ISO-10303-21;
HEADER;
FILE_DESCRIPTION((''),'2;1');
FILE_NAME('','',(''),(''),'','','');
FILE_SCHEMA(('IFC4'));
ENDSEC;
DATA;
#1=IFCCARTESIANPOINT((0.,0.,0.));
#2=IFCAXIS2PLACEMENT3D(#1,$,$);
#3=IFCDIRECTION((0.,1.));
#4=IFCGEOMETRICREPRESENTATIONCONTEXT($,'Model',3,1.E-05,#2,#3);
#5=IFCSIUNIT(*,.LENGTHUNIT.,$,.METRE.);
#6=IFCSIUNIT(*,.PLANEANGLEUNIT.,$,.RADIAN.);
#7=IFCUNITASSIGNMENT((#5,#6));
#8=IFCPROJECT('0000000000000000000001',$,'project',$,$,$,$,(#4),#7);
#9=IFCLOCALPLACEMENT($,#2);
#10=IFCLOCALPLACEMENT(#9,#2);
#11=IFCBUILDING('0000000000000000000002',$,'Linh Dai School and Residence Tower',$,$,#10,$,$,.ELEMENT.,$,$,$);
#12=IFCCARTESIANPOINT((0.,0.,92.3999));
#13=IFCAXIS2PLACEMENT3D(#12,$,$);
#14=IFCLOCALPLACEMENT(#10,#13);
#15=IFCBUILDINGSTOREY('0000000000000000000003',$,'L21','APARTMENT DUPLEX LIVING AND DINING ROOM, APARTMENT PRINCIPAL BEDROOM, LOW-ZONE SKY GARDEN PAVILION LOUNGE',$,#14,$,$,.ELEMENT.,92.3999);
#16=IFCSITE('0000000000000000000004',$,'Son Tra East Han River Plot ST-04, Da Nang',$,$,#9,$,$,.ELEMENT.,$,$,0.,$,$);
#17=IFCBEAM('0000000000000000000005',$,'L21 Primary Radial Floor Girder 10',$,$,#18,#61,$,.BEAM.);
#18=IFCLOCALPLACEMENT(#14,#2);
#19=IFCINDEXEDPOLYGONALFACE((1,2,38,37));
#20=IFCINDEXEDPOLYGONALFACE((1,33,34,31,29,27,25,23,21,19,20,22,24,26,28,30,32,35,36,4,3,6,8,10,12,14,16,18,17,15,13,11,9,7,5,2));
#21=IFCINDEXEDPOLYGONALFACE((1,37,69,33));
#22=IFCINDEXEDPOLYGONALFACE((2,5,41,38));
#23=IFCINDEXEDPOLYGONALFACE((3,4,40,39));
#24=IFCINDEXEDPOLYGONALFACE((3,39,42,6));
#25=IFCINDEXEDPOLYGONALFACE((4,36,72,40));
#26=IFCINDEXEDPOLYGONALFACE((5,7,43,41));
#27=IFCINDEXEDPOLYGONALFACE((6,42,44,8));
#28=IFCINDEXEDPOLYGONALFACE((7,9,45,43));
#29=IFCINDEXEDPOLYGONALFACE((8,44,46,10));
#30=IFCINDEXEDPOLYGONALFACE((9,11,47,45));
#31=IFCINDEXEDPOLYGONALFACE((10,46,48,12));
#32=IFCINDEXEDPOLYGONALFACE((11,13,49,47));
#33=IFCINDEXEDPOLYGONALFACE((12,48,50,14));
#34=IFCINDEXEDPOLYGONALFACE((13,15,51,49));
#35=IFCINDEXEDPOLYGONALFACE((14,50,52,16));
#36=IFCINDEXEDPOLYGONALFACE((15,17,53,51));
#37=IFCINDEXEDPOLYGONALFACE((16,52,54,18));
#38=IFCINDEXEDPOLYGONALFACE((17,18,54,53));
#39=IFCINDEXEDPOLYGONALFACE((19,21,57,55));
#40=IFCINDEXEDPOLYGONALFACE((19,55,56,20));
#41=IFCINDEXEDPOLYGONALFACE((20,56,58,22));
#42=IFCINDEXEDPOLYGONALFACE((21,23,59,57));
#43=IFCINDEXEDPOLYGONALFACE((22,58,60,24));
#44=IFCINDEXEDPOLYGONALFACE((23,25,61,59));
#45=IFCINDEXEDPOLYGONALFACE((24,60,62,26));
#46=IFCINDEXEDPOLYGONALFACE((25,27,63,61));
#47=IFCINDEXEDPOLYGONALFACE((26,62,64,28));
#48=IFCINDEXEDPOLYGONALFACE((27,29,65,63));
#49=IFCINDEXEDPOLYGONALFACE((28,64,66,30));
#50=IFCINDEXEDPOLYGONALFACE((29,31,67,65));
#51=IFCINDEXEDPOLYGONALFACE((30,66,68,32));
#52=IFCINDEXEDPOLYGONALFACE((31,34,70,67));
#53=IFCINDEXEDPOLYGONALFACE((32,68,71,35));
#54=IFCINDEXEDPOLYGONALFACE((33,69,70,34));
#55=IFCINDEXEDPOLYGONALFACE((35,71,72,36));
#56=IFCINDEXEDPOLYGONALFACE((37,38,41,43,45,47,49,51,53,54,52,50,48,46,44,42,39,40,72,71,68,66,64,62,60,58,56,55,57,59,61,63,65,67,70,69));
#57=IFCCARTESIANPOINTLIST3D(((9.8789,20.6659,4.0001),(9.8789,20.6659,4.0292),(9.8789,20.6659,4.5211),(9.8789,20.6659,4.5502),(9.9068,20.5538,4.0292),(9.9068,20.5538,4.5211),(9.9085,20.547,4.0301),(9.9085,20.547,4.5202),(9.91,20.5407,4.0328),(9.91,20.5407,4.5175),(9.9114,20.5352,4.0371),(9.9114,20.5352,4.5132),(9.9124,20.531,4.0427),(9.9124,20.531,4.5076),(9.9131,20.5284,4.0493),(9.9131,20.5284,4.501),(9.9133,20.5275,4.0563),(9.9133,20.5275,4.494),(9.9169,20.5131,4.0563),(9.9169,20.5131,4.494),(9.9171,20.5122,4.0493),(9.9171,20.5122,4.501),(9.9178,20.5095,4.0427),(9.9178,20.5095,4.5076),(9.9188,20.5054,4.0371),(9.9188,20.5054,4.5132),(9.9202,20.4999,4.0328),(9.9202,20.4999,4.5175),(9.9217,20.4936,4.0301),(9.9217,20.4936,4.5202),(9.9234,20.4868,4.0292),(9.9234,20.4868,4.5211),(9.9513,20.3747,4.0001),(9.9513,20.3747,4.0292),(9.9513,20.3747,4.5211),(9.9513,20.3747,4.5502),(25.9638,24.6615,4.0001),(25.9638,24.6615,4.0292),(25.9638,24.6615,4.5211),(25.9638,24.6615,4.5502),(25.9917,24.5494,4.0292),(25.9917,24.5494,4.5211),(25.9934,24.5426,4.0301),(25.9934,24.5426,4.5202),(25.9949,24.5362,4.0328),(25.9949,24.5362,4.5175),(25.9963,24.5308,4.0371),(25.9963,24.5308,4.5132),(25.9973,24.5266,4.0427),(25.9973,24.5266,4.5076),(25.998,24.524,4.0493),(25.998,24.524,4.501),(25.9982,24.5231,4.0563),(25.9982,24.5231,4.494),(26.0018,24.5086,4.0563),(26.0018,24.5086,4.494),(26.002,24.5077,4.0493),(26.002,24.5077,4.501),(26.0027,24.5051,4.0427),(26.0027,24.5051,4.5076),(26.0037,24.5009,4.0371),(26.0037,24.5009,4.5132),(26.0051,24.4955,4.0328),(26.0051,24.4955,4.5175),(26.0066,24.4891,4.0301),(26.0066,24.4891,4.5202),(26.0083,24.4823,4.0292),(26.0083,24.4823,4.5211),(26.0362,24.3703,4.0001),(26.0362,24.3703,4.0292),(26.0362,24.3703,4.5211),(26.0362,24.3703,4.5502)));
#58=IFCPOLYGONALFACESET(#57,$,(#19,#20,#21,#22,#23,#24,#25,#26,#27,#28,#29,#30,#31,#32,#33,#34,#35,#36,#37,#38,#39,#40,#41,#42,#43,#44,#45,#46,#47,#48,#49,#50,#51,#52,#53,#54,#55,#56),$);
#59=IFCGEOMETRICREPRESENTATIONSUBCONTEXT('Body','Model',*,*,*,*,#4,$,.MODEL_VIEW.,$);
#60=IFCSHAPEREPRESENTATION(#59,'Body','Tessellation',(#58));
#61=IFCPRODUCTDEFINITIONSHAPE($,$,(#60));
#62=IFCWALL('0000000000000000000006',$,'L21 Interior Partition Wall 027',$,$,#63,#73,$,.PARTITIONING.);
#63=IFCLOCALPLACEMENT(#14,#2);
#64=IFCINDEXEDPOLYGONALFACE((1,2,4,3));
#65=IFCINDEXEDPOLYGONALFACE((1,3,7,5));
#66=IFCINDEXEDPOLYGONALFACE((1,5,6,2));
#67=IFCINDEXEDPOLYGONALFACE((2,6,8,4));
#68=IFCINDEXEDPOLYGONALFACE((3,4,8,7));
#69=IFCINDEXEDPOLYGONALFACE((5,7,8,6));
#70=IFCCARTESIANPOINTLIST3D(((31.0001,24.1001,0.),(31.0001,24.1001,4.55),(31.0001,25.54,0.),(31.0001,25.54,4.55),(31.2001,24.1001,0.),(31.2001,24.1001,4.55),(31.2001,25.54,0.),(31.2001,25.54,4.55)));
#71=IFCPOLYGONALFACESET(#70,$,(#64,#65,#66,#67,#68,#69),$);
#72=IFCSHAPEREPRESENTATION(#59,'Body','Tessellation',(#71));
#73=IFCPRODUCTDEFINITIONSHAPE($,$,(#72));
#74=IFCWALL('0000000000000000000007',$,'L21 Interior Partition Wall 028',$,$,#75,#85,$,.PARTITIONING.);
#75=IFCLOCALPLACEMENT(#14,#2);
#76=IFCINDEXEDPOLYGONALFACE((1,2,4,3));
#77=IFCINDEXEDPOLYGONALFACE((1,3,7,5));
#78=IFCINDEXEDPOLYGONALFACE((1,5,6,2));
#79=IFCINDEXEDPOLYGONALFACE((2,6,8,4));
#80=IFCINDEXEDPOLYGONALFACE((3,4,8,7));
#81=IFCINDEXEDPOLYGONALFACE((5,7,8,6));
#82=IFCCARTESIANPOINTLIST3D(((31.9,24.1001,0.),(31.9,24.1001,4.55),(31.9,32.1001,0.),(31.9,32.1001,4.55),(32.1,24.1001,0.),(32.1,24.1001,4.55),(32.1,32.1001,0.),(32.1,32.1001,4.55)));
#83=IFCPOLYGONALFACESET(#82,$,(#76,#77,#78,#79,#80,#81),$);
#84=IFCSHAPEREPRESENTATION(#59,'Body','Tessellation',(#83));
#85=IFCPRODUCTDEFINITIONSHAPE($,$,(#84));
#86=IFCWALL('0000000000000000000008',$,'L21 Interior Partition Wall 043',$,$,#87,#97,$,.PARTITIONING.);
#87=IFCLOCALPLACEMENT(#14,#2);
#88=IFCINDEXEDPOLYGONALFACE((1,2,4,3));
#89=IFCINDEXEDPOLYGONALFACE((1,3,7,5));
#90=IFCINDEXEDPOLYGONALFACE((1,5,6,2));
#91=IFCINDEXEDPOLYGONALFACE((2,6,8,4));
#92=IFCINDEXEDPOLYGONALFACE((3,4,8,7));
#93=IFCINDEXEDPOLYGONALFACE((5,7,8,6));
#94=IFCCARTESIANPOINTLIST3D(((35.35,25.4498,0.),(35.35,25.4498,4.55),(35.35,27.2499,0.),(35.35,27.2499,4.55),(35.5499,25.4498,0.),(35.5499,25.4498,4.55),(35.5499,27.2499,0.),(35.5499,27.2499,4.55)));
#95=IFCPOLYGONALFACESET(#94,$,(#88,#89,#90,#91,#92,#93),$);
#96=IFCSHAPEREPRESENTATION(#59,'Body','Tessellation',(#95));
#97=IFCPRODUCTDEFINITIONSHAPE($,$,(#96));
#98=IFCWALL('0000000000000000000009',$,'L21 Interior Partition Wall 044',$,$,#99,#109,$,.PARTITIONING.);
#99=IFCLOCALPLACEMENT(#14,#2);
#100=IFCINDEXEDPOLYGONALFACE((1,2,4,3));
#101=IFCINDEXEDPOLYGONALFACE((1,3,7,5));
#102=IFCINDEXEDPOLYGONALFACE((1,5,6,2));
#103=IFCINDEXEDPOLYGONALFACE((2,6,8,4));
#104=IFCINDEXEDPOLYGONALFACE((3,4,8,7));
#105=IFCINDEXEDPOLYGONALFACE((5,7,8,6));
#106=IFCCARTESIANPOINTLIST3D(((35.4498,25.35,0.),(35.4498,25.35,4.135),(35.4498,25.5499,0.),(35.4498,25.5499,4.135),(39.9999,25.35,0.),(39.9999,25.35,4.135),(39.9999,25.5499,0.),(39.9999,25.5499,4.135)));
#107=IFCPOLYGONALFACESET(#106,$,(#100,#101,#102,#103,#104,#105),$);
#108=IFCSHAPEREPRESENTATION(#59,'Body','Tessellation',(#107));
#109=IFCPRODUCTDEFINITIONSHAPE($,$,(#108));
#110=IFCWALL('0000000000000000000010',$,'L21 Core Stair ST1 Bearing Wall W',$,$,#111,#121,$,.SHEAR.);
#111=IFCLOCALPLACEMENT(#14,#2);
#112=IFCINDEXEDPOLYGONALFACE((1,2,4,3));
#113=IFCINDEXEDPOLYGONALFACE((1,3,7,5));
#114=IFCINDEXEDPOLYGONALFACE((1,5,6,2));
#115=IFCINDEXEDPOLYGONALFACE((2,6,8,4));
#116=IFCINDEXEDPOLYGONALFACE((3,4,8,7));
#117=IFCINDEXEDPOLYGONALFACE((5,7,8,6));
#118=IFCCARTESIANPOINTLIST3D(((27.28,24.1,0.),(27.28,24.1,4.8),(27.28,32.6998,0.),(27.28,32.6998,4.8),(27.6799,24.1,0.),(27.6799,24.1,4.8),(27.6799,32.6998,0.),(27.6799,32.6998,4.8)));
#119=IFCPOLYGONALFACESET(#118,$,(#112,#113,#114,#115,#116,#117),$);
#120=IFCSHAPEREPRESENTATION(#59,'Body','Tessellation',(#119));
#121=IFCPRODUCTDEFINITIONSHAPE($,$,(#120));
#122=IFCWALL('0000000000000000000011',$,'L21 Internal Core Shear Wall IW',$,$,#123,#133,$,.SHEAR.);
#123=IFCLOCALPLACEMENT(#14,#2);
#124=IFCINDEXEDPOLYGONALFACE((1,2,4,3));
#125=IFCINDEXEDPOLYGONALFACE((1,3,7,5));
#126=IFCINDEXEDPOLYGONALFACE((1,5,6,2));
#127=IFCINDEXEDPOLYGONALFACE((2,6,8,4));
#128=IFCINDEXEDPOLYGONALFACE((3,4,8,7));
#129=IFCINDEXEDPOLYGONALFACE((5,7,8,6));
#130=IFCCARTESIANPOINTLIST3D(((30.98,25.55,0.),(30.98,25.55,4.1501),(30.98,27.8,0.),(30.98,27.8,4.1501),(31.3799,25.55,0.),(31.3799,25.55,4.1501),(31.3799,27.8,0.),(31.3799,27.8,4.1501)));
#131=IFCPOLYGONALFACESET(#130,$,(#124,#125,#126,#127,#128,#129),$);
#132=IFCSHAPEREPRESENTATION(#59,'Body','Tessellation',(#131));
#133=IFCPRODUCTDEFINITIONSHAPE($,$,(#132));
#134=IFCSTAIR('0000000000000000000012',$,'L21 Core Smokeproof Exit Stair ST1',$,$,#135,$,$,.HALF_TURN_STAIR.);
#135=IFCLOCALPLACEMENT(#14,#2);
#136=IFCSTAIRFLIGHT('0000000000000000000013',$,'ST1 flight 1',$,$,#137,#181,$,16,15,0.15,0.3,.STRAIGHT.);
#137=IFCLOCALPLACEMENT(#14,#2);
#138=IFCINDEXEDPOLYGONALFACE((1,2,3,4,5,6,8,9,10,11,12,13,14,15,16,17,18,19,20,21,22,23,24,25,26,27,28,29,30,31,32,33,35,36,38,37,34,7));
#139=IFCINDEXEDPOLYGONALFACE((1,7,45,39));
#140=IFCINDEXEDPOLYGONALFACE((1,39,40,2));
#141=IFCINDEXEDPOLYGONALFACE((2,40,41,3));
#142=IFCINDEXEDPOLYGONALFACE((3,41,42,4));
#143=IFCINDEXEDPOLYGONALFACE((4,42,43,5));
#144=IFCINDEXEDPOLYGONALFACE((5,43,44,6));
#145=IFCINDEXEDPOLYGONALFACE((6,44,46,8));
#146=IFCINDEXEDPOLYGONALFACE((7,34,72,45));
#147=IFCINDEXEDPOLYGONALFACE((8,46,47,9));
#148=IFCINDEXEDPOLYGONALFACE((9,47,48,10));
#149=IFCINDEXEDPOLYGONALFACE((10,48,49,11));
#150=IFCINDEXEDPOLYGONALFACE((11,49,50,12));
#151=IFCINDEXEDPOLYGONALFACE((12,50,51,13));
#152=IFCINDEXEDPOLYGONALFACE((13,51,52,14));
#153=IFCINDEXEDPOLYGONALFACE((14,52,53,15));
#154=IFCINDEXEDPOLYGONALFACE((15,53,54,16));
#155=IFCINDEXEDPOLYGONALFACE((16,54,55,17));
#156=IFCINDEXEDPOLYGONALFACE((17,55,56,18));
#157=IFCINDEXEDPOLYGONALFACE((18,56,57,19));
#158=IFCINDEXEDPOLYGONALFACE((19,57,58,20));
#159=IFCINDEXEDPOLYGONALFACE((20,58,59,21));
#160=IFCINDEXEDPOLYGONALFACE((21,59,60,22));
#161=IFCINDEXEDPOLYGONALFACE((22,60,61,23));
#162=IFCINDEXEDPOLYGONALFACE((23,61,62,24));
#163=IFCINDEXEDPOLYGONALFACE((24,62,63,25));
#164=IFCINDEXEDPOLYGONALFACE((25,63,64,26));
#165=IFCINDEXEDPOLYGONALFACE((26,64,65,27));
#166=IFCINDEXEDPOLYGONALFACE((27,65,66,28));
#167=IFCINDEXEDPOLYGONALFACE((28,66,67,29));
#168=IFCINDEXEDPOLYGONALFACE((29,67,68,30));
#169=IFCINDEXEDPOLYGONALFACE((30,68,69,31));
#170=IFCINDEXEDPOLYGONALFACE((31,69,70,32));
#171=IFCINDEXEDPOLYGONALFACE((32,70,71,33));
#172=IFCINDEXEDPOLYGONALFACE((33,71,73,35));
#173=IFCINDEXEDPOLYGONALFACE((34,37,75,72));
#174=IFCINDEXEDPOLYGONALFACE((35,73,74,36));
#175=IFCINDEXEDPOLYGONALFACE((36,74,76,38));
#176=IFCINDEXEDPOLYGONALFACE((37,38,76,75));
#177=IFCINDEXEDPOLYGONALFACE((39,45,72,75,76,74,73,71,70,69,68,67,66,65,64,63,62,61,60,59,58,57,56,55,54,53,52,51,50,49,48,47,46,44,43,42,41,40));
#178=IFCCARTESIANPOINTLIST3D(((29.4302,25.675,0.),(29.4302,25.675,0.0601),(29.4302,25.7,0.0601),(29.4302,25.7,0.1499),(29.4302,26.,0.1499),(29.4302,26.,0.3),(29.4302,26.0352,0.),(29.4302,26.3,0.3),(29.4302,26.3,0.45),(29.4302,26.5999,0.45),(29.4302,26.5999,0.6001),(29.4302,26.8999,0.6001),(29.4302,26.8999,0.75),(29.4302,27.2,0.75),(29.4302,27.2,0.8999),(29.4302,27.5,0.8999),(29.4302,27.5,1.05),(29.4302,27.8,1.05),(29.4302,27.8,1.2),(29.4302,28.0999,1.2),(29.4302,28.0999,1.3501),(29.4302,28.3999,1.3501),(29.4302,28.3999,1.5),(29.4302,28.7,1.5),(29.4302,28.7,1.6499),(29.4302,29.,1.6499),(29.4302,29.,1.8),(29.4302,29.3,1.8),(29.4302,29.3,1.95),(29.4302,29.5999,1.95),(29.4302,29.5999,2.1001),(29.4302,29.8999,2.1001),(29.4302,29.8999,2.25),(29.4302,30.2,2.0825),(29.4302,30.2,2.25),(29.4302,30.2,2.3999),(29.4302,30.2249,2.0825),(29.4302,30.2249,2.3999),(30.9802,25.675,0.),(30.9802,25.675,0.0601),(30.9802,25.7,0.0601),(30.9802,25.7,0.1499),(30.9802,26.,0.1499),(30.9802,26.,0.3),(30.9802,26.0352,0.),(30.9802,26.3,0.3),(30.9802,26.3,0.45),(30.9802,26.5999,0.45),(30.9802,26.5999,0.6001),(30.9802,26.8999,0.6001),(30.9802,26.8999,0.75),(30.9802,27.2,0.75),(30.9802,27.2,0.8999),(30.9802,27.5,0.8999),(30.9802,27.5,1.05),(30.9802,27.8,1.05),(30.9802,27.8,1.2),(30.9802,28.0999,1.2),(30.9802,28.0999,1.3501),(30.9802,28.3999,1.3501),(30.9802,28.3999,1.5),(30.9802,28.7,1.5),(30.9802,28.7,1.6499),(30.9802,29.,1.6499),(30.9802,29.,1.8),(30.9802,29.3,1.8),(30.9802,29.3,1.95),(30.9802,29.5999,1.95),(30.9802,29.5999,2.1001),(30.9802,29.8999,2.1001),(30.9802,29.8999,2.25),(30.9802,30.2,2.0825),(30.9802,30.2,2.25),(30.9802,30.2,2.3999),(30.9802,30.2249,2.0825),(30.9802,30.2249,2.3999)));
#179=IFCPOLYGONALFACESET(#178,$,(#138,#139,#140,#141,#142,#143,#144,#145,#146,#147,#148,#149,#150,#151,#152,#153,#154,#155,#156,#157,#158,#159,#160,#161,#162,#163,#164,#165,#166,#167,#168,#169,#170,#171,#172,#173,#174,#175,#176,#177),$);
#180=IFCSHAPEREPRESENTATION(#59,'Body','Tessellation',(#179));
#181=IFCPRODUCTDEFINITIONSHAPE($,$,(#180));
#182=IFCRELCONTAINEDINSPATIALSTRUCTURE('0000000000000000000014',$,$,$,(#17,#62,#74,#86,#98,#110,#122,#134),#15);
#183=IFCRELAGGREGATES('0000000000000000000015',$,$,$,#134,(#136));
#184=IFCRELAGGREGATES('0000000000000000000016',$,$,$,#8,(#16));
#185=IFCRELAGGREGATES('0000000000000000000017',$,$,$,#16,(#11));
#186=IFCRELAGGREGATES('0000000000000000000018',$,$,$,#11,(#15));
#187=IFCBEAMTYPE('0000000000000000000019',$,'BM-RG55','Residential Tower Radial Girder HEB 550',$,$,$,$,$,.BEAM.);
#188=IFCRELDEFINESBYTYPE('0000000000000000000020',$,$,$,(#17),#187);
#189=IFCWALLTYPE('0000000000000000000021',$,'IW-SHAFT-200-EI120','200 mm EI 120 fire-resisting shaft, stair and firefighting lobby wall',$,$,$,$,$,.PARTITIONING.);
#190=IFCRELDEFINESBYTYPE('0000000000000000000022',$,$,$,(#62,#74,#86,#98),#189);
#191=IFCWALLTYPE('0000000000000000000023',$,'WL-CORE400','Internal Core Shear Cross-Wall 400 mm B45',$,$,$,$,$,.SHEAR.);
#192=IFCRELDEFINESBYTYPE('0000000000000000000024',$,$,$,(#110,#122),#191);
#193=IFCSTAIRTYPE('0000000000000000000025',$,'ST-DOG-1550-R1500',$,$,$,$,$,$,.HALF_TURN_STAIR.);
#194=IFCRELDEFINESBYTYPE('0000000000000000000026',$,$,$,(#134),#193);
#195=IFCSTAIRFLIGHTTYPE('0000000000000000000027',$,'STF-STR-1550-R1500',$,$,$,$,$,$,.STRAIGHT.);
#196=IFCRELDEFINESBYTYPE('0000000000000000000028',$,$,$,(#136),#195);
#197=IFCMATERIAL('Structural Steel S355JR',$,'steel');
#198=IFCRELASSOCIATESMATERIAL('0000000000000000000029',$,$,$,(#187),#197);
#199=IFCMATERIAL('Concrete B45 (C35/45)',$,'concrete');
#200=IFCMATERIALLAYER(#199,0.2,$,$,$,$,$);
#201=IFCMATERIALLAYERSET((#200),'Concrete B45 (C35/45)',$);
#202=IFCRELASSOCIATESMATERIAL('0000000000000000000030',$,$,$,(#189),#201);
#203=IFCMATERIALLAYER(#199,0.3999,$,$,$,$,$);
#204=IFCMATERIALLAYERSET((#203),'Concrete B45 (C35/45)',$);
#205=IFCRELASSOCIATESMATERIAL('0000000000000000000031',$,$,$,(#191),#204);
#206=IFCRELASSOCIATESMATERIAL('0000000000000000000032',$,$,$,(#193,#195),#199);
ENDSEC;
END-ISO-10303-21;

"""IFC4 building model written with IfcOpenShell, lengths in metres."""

from ifc_helpers import new_model, si_unit, direction, frame, frame_2d, origin, origin_2d, place, context, subcontext, project, spatial, polyline, rectangle, i_section, outline, extrude, source, transform, mapped, material, layer, layer_set, material_profile, profile_set, type_object, element, aggregate, save


model = new_model("IFC4")

# Units and contexts
model_context = context("Model", 3, precision=1e-05, world=origin(), true_north=direction((0.0, 1.0)))
body_context = subcontext(model_context, "Body", "Model", "MODEL_VIEW")
ifc_project = project(units=[si_unit("LENGTHUNIT", "METRE"), si_unit("PLANEANGLEUNIT", "RADIAN")], contexts=[model_context])

# Site, building, storey
site_placement = place(None, origin())
site = spatial("IfcSite", under=ifc_project, at=site_placement, Name="Son Tra East Han River Plot ST-04, Da Nang", CompositionType="ELEMENT", RefElevation=0.0)
building_placement = place(site_placement, origin())
building = spatial("IfcBuilding", under=site, at=building_placement, Name="Linh Dai School and Residence Tower", CompositionType="ELEMENT")
storey_placement = place(building_placement, frame((0.0, 0.0, 92.3999)))
storey = spatial("IfcBuildingStorey", under=building, at=storey_placement, Name="L21", Description="APARTMENT DUPLEX LIVING AND DINING ROOM, APARTMENT PRINCIPAL BEDROOM, LOW-ZONE SKY GARDEN PAVILION LOUNGE", CompositionType="ELEMENT", Elevation=92.3999)

# Shared definitions
ifc_material_1 = material(Name="Structural Steel S355JR", Category="steel")

# Beam
ifc_material_profile_1 = material_profile(ifc_material_1, i_section(OverallWidth=0.3, OverallDepth=0.55, WebThickness=0.0149, FlangeThickness=0.0291, FilletRadius=0.0271, at=origin_2d()), Name="HEB 550")
ifc_profile_set_1 = profile_set([ifc_material_profile_1], Name="Structural Steel S355JR")
beam_type = type_object("IfcBeamType", Name="BM-RG55", Description="Residential Tower Radial Girder HEB 550", PredefinedType="BEAM", material=ifc_profile_set_1)
beam_placement = place(storey_placement, frame((26.0, 24.5159, 4.2751), z_axis=(-0.970505, -0.24108, 0.0), x_axis=(0.24108, -0.970505, 0.0)))
element("IfcBeam", 1, at=beam_placement, inside=storey, type_object=beam_type, Name="L21 Primary Radial Floor Girder 10", PredefinedType="BEAM", context=body_context, shape_type="SweptSolid", body=[
    extrude(i_section(OverallWidth=0.3, OverallDepth=0.55, WebThickness=0.0149, FlangeThickness=0.0291, FilletRadius=0.0271, at=origin_2d()), origin(), (0.0, 0.0, 1.0), 16.5737),
])

# Shared definitions
ifc_material_2 = material(Name="Concrete B45 (C35/45)", Category="concrete")
ifc_layer_1 = layer(ifc_material_2, 0.2)
ifc_layer_set_1 = layer_set([ifc_layer_1], Name="Concrete B45 (C35/45)")
wall_type_1 = type_object("IfcWallType", Name="IW-SHAFT-200-EI120", Description="200 mm EI 120 fire-resisting shaft, stair and firefighting lobby wall", PredefinedType="PARTITIONING", material=ifc_layer_set_1)

# Walls
wall_1_placement = place(storey_placement, frame((31.1001, 24.1001, 0.0), z_axis=(0.0, 0.0, 1.0), x_axis=(0.0, 1.0, 0.0)))
element("IfcWall", 2, at=wall_1_placement, inside=storey, type_object=wall_type_1, Name="L21 Interior Partition Wall 027", PredefinedType="PARTITIONING", context=body_context, shape_type="SweptSolid", body=[
    extrude(rectangle(XDim=1.4399, YDim=0.2, at=frame_2d((0.72, 0.0))), origin(), (0.0, 0.0, 1.0), 4.55),
])
wall_2_placement = place(storey_placement, frame((32.0, 24.1001, 0.0), z_axis=(0.0, 0.0, 1.0), x_axis=(0.0, 1.0, 0.0)))
element("IfcWall", 3, at=wall_2_placement, inside=storey, type_object=wall_type_1, Name="L21 Interior Partition Wall 028", PredefinedType="PARTITIONING", context=body_context, shape_type="SweptSolid", body=[
    extrude(rectangle(XDim=8.0, YDim=0.2, at=frame_2d((4.0, 0.0))), origin(), (0.0, 0.0, 1.0), 4.55),
])

# Walls
wall_3_placement = place(storey_placement, frame((35.45, 25.45, 0.0), z_axis=(0.0, 0.0, 1.0), x_axis=(0.0, 1.0, 0.0)))
element("IfcWall", 4, at=wall_3_placement, inside=storey, type_object=wall_type_1, Name="L21 Interior Partition Wall 043", PredefinedType="PARTITIONING", context=body_context, shape_type="SweptSolid", body=[
    extrude(rectangle(XDim=1.8, YDim=0.2, at=frame_2d((0.8999, 0.0))), origin(), (0.0, 0.0, 1.0), 4.55),
])
wall_4_placement = place(storey_placement, frame((35.45, 25.45, 0.0), z_axis=(0.0, 0.0, 1.0), x_axis=(1.0, 0.0, 0.0)))
element("IfcWall", 5, at=wall_4_placement, inside=storey, type_object=wall_type_1, Name="L21 Interior Partition Wall 044", PredefinedType="PARTITIONING", context=body_context, shape_type="SweptSolid", body=[
    extrude(rectangle(XDim=4.55, YDim=0.2, at=frame_2d((2.2749, 0.0))), origin(), (0.0, 0.0, 1.0), 4.135),
])
ifc_layer_2 = layer(ifc_material_2, 0.3999)
ifc_layer_set_2 = layer_set([ifc_layer_2], Name="Concrete B45 (C35/45)")
wall_type_2 = type_object("IfcWallType", Name="WL-CORE400", Description="Internal Core Shear Cross-Wall 400 mm B45", PredefinedType="SHEAR", material=ifc_layer_set_2)
wall_5_placement = place(storey_placement, frame((27.48, 24.1001, 0.0), z_axis=(0.0, 0.0, 1.0), x_axis=(0.0, 1.0, 0.0)))
element("IfcWall", 6, at=wall_5_placement, inside=storey, type_object=wall_type_2, Name="L21 Core Stair ST1 Bearing Wall W", PredefinedType="SHEAR", context=body_context, shape_type="SweptSolid", body=[
    extrude(rectangle(XDim=8.5999, YDim=0.3999, at=frame_2d((4.2998, 0.0))), origin(), (0.0, 0.0, 1.0), 4.8),
])
wall_6_placement = place(storey_placement, frame((31.1799, 25.55, 0.0), z_axis=(0.0, 0.0, 1.0), x_axis=(0.0, 1.0, 0.0)))
element("IfcWall", 7, at=wall_6_placement, inside=storey, type_object=wall_type_2, Name="L21 Internal Core Shear Wall IW", PredefinedType="SHEAR", context=body_context, shape_type="SweptSolid", body=[
    extrude(rectangle(XDim=2.25, YDim=0.3999, at=frame_2d((1.125, 0.0))), origin(), (0.0, 0.0, 1.0), 4.1501),
])

# Stair, stair flight
stair_type = type_object("IfcStairType", Name="ST-DOG-1550-R1500", PredefinedType="HALF_TURN_STAIR", material=ifc_material_2)
stair_placement = place(storey_placement, origin())
stair = element("IfcStair", 8, at=stair_placement, inside=storey, type_object=stair_type, Name="L21 Core Smokeproof Exit Stair ST1", PredefinedType="HALF_TURN_STAIR")
stair_flight_type = type_object("IfcStairFlightType", Name="STF-STR-1550-R1500", PredefinedType="STRAIGHT", material=ifc_material_2)
shared_shape_1 = source(origin(), body_context, "Body", "SweptSolid", [
    extrude(outline(polyline([(-0.0249, 0.0), (-0.0249, 0.0601), (0.0, 0.0601), (0.0, 0.1499), (0.3, 0.1499), (0.3, 0.3), (0.6001, 0.3), (0.6001, 0.45), (0.8999, 0.45), (0.8999, 0.6001), (1.2, 0.6001), (1.2, 0.75), (1.5, 0.75), (1.5, 0.8999), (1.8, 0.8999), (1.8, 1.05), (2.1001, 1.05), (2.1001, 1.2), (2.3999, 1.2), (2.3999, 1.3501), (2.7, 1.3501), (2.7, 1.5), (3.0, 1.5), (3.0, 1.6499), (3.3, 1.6499), (3.3, 1.8), (3.6001, 1.8), (3.6001, 1.95), (3.8999, 1.95), (3.8999, 2.1001), (4.2, 2.1001), (4.2, 2.25), (4.5, 2.25), (4.5, 2.3999), (4.5249, 2.3999), (4.5249, 2.0825), (4.5, 2.0825), (0.3352, 0.0), (-0.0249, 0.0)])), frame((0.0, 0.7749, 0.0), z_axis=(0.0, -1.0, 0.0), x_axis=(1.0, 0.0, 0.0)), (0.0, 0.0, 1.0), 1.55),
])
stair_flight_placement = place(storey_placement, frame((30.2051, 25.7, 0.0), z_axis=(0.0, 0.0, 1.0), x_axis=(0.0, 1.0, 0.0)))
stair_flight = element("IfcStairFlight", 9, at=stair_flight_placement, type_object=stair_flight_type, Name="ST1 flight 1", NumberOfRisers=16, NumberOfTreads=15, PredefinedType="STRAIGHT", RiserHeight=0.15, TreadLength=0.3, context=body_context, shape_type="MappedRepresentation", body=[
    mapped(shared_shape_1, transform((0.0, 0.0, 0.0), x_axis=(1.0, 0.0, 0.0), y_axis=(0.0, 1.0, 0.0), z_axis=(0.0, 0.0, 1.0), scale=1.0)),
])
aggregate(stair, [stair_flight])

save(model, "model.ifc")
